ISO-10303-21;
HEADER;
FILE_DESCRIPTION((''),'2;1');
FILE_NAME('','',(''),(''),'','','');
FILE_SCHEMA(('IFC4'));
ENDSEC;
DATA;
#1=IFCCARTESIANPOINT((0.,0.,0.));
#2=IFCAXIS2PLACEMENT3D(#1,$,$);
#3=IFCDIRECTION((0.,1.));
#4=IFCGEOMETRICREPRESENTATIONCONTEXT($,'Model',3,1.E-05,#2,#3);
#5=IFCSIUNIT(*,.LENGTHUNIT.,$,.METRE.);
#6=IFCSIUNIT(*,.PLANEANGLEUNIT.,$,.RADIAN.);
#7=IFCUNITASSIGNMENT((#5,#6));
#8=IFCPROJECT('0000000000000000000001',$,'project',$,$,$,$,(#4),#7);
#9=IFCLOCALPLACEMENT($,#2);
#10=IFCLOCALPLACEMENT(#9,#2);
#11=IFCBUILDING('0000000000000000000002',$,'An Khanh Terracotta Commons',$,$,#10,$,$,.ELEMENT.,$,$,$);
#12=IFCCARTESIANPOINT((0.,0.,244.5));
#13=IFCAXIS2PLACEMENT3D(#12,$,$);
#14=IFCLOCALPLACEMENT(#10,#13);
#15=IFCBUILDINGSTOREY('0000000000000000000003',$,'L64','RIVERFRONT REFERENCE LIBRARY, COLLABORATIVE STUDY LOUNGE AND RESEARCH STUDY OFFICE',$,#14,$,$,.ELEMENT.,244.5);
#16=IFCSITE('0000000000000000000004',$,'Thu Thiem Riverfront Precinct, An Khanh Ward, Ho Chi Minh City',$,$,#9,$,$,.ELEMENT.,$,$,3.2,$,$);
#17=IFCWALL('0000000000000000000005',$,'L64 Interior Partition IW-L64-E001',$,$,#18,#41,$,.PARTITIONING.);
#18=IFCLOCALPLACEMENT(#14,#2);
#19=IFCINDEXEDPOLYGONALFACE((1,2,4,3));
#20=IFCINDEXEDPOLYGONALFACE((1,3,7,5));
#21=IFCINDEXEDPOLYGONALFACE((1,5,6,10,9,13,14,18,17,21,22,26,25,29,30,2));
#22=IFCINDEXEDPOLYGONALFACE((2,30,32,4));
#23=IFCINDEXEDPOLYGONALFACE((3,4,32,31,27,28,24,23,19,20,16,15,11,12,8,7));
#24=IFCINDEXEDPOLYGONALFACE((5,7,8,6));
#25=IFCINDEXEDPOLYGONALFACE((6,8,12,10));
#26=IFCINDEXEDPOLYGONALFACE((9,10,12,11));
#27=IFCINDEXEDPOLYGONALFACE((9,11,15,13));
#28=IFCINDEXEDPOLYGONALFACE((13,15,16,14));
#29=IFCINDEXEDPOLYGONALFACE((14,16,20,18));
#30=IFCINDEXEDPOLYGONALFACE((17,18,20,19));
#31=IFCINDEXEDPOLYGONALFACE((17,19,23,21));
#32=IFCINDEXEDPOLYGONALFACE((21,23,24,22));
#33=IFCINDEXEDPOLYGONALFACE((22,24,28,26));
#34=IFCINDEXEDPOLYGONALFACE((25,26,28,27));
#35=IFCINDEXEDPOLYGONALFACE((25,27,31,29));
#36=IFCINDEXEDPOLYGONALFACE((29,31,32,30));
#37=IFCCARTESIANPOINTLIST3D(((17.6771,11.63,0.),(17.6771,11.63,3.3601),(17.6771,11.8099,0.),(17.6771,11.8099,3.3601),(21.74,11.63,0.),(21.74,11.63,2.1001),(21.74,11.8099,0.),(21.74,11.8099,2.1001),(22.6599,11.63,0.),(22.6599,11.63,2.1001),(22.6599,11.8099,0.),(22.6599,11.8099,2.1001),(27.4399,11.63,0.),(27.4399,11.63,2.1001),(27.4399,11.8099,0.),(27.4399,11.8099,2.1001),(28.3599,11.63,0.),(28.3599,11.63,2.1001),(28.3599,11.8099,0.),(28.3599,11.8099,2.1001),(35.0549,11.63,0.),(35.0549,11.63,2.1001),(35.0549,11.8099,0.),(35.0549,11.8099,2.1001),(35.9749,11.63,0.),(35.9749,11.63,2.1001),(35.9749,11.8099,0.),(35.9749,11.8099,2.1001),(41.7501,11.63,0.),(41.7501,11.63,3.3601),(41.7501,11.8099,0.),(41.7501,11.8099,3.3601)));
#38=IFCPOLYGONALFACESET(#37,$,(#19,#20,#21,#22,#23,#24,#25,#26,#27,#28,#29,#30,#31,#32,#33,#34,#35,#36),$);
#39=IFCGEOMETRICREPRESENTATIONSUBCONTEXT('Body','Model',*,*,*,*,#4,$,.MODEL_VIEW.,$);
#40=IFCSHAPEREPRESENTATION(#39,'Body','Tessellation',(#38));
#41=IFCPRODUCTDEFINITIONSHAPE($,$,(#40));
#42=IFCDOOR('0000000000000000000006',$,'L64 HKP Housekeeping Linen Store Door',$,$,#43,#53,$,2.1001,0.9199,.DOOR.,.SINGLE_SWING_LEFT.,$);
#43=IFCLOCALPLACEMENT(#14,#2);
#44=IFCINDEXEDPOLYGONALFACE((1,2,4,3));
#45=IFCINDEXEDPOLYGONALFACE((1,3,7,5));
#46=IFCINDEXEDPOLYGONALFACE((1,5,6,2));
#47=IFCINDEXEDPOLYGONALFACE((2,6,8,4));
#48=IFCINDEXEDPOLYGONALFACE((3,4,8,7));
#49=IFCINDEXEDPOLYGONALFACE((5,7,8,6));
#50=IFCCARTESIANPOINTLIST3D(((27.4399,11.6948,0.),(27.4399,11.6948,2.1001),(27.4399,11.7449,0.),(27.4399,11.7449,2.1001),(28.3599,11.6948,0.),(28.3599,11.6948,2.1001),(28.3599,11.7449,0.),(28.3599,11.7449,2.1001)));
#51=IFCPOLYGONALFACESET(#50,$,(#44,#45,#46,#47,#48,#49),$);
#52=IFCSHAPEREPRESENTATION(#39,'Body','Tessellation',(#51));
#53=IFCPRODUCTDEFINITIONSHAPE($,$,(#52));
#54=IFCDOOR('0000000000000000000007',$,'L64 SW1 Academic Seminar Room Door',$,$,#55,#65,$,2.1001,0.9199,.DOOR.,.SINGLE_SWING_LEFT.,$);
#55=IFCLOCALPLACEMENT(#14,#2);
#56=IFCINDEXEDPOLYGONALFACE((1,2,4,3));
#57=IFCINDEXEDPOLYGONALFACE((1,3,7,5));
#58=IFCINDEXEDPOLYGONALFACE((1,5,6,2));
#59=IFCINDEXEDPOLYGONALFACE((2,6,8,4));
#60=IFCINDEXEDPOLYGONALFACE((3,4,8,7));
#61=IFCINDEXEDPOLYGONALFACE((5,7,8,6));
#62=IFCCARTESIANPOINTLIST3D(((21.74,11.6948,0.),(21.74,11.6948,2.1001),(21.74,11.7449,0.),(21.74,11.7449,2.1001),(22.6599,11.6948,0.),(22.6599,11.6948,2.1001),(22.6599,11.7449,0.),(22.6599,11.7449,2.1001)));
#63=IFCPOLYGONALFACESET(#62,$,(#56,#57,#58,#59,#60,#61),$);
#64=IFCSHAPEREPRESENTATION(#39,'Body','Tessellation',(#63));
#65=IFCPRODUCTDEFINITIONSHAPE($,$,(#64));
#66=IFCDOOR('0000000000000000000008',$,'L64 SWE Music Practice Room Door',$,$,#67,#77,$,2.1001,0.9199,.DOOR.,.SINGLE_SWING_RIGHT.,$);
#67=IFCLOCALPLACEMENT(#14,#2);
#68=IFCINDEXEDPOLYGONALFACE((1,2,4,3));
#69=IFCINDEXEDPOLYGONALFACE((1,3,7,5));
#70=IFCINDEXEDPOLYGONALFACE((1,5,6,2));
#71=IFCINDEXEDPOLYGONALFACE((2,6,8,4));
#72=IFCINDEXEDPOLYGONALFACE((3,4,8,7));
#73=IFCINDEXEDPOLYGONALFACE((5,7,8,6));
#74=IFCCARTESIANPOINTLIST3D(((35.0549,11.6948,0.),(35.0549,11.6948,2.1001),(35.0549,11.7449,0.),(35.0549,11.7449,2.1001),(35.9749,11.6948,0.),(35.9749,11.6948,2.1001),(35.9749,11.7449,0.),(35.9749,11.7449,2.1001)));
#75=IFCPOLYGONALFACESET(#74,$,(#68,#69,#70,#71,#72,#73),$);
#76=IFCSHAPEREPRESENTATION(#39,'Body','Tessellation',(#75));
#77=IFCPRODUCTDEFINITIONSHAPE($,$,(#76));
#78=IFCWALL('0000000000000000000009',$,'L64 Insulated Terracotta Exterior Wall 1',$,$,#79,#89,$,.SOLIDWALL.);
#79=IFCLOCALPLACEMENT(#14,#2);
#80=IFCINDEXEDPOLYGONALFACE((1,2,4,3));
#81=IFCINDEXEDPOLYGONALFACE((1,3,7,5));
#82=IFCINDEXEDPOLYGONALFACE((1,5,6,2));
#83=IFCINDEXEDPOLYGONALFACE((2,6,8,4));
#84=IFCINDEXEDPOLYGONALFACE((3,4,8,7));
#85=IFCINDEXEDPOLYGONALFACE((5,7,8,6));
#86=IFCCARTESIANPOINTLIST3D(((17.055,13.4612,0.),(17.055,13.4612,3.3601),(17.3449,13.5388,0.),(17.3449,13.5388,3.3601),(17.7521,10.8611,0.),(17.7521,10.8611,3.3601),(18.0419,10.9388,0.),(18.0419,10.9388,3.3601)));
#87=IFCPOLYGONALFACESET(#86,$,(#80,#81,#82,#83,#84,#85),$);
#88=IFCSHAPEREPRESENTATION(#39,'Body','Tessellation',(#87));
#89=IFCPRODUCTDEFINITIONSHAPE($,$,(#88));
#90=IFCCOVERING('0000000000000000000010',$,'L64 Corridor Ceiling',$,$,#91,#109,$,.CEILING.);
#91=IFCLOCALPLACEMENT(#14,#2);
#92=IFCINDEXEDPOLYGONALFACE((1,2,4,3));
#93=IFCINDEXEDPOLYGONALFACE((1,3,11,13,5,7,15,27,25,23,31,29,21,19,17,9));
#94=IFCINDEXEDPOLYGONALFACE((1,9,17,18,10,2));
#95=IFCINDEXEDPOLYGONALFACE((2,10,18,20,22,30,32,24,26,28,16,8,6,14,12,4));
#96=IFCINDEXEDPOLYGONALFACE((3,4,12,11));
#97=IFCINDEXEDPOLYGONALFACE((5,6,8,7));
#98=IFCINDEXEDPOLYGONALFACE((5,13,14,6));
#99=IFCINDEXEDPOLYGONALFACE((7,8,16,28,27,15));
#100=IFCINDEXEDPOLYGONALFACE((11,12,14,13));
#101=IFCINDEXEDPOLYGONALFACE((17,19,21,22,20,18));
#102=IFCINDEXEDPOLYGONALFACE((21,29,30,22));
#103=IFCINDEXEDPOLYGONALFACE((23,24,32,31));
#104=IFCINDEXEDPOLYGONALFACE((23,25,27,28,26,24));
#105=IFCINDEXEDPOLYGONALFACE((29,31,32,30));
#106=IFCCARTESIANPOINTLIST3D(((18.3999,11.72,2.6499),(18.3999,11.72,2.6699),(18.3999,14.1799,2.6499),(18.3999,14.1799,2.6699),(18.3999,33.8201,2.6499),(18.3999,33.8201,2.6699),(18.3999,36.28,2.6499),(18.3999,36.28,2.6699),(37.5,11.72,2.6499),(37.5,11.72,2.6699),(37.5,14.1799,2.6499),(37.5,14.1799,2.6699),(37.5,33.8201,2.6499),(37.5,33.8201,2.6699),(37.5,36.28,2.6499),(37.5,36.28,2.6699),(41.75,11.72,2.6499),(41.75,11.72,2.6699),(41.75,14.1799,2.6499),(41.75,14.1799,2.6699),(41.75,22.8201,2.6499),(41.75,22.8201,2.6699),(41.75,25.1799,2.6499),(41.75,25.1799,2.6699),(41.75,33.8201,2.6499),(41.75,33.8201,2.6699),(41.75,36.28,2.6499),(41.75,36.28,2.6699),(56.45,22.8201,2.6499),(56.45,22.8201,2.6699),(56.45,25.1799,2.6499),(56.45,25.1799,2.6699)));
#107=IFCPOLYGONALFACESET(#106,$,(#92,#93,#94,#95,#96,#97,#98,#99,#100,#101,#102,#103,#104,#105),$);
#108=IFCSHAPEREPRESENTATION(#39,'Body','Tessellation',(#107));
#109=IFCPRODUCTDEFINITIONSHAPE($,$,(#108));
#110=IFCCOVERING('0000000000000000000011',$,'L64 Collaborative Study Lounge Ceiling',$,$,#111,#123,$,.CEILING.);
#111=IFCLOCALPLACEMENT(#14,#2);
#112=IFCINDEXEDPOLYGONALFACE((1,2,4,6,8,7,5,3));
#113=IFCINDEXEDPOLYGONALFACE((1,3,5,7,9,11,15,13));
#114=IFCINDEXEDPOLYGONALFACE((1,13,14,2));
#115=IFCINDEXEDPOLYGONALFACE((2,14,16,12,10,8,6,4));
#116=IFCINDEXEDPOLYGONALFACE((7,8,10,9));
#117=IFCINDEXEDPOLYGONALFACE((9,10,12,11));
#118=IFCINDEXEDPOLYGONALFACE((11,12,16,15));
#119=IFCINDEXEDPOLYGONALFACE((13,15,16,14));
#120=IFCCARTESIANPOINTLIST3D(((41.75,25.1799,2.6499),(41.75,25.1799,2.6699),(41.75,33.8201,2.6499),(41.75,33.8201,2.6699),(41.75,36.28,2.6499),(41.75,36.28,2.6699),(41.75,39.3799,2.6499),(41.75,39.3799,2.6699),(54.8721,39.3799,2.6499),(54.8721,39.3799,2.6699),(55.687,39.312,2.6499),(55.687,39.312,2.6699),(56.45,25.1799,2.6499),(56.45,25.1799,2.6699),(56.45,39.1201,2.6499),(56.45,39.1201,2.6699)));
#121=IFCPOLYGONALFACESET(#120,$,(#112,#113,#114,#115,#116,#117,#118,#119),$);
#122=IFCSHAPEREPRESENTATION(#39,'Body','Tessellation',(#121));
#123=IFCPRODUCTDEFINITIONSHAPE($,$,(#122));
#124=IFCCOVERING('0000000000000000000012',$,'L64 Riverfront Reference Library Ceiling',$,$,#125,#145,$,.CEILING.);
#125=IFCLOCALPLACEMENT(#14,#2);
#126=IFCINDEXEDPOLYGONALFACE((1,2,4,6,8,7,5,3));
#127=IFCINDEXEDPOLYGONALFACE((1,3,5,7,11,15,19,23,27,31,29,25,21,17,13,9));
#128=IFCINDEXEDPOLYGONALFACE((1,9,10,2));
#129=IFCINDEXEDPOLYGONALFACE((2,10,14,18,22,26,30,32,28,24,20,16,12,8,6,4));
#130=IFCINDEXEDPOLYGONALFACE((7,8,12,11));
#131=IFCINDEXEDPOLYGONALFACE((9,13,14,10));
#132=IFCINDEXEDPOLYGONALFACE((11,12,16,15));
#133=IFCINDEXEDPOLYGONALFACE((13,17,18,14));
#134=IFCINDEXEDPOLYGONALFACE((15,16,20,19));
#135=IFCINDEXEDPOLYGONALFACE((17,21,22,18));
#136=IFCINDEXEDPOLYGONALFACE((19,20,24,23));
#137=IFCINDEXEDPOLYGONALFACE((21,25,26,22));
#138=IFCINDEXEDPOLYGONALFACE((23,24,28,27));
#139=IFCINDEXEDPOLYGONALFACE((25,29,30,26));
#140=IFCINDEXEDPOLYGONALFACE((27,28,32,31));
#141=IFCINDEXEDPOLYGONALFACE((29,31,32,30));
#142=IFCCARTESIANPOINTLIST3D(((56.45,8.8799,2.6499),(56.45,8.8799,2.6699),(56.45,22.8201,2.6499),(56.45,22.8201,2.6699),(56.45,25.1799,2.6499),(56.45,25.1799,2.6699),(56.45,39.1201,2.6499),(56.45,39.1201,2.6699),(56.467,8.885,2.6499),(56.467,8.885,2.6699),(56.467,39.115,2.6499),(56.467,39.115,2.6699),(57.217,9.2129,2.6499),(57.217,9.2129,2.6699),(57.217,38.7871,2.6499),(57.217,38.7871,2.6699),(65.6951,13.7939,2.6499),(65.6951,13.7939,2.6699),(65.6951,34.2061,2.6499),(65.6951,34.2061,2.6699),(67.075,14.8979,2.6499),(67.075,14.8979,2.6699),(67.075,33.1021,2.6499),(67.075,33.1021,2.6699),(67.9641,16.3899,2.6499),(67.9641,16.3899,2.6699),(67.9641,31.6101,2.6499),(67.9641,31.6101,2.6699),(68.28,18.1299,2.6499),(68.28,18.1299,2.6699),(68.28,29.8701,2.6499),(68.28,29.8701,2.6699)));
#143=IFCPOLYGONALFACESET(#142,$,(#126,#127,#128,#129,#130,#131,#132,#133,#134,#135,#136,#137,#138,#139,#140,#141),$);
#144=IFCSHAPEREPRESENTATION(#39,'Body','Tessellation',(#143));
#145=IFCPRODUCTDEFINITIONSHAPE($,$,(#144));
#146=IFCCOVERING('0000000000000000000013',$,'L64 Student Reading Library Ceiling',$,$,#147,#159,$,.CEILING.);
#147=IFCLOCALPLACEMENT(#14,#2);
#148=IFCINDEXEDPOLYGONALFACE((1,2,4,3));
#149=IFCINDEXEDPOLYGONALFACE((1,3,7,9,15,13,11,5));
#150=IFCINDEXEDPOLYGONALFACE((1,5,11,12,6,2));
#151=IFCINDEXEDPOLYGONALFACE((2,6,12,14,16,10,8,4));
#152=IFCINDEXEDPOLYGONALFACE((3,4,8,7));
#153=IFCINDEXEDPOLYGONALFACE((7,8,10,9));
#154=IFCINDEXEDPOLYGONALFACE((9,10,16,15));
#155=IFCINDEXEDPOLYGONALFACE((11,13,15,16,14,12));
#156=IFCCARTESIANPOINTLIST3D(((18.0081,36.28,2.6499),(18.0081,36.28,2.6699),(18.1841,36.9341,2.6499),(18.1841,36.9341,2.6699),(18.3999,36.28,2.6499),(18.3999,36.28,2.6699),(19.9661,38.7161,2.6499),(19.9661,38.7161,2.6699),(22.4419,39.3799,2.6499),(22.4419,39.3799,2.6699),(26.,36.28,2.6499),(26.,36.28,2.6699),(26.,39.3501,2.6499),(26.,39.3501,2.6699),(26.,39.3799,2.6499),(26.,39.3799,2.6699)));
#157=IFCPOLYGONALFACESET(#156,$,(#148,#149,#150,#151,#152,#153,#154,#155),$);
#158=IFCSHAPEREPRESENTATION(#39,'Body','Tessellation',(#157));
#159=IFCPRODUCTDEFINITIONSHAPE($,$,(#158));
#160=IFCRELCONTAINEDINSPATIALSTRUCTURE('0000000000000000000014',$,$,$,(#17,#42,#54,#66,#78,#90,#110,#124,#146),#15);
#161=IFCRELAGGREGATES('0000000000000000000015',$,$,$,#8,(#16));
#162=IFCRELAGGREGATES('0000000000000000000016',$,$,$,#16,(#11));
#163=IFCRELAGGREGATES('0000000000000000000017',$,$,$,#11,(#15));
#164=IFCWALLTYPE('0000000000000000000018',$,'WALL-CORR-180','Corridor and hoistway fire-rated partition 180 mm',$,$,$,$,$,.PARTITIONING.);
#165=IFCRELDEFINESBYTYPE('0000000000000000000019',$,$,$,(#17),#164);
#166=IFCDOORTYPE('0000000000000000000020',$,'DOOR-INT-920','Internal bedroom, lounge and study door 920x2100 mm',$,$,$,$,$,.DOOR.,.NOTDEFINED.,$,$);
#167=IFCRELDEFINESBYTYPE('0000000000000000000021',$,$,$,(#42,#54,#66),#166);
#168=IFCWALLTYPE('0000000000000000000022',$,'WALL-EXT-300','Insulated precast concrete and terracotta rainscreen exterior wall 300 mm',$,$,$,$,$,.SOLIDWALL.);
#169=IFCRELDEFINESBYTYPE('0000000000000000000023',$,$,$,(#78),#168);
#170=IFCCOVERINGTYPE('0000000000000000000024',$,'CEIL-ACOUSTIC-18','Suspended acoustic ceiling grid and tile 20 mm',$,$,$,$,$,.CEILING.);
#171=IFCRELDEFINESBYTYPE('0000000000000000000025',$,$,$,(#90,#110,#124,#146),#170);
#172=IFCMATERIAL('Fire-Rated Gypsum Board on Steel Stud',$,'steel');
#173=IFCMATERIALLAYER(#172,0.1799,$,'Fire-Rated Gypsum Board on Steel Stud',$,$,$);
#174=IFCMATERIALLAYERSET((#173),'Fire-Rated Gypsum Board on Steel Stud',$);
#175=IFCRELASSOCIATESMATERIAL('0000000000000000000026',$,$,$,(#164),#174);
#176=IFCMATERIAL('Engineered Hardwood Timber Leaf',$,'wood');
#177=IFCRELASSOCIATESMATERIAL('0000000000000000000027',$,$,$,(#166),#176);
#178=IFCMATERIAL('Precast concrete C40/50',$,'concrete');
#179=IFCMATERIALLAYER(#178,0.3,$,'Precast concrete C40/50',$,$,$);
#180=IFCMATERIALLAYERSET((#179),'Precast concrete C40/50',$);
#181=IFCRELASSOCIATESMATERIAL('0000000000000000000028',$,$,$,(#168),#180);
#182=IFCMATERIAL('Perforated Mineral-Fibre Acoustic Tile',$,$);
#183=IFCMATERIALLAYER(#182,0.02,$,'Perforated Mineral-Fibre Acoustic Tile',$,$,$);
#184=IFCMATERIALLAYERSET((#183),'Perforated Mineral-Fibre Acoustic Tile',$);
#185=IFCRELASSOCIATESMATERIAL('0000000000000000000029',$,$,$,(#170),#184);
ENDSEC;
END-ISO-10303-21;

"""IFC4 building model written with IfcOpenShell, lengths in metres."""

from ifc_helpers import new_model, si_unit, direction, frame, frame_2d, origin, place, context, subcontext, project, spatial, polyline, rectangle, outline, extrude, material, layer, layer_set, type_object, element, fill, save


model = new_model("IFC4")

# Units and contexts
model_context = context("Model", 3, precision=1e-05, world=origin(), true_north=direction((0.0, 1.0)))
body_context = subcontext(model_context, "Body", "Model", "MODEL_VIEW")
ifc_project = project(units=[si_unit("LENGTHUNIT", "METRE"), si_unit("PLANEANGLEUNIT", "RADIAN")], contexts=[model_context])

# Site, building, storey
site_placement = place(None, origin())
site = spatial("IfcSite", under=ifc_project, at=site_placement, Name="Thu Thiem Riverfront Precinct, An Khanh Ward, Ho Chi Minh City", CompositionType="ELEMENT", RefElevation=3.2)
building_placement = place(site_placement, origin())
building = spatial("IfcBuilding", under=site, at=building_placement, Name="An Khanh Terracotta Commons", CompositionType="ELEMENT")
storey_placement = place(building_placement, frame((0.0, 0.0, 244.5)))
storey = spatial("IfcBuildingStorey", under=building, at=storey_placement, Name="L64", Description="RIVERFRONT REFERENCE LIBRARY, COLLABORATIVE STUDY LOUNGE AND RESEARCH STUDY OFFICE", CompositionType="ELEMENT", Elevation=244.5)

# Shared definitions
ifc_material_1 = material(Name="Precast concrete C40/50", Category="concrete")

# Wall, openings, doors
ifc_material_2 = material(Name="Fire-Rated Gypsum Board on Steel Stud", Category="steel")
ifc_layer_1 = layer(ifc_material_2, 0.1799, Name="Fire-Rated Gypsum Board on Steel Stud")
ifc_layer_set_1 = layer_set([ifc_layer_1], Name="Fire-Rated Gypsum Board on Steel Stud")
wall_type_1 = type_object("IfcWallType", Name="WALL-CORR-180", Description="Corridor and hoistway fire-rated partition 180 mm", PredefinedType="PARTITIONING", material=ifc_layer_set_1)
wall_1_placement = place(storey_placement, frame((17.677, 11.72, 0.0), z_axis=(0.0, 0.0, 1.0), x_axis=(1.0, 0.0, 0.0)))
wall_1 = element("IfcWall", 1, at=wall_1_placement, inside=storey, type_object=wall_type_1, Name="L64 Interior Partition IW-L64-E001", PredefinedType="PARTITIONING", context=body_context, shape_type="SweptSolid", body=[
    extrude(rectangle(XDim=24.073, YDim=0.1799, at=frame_2d((12.0366, 0.0))), origin(), (0.0, 0.0, 1.0), 3.3601),
])
opening_1_placement = place(wall_1_placement, frame((9.7629, 0.0, 0.0)))
opening_1 = element("IfcOpeningElement", 2, at=opening_1_placement, cuts=wall_1, PredefinedType="OPENING", context=body_context, shape_type="SweptSolid", body=[
    extrude(rectangle(XDim=0.9199, YDim=2.1001, at=frame_2d((0.46, 1.05))), frame((0.0, 0.0999, 0.0), z_axis=(0.0, -1.0, 0.0), x_axis=(1.0, 0.0, 0.0)), (0.0, 0.0, 1.0), 0.2),
])
opening_2_placement = place(wall_1_placement, frame((4.063, 0.0, 0.0)))
opening_2 = element("IfcOpeningElement", 3, at=opening_2_placement, cuts=wall_1, PredefinedType="OPENING", context=body_context, shape_type="SweptSolid", body=[
    extrude(rectangle(XDim=0.9199, YDim=2.1001, at=frame_2d((0.46, 1.05))), frame((0.0, 0.0999, 0.0), z_axis=(0.0, -1.0, 0.0), x_axis=(1.0, 0.0, 0.0)), (0.0, 0.0, 1.0), 0.2),
])
opening_3_placement = place(wall_1_placement, frame((17.3779, 0.0, 0.0)))
opening_3 = element("IfcOpeningElement", 4, at=opening_3_placement, cuts=wall_1, PredefinedType="OPENING", context=body_context, shape_type="SweptSolid", body=[
    extrude(rectangle(XDim=0.9199, YDim=2.1001, at=frame_2d((0.46, 1.05))), frame((0.0, 0.0999, 0.0), z_axis=(0.0, -1.0, 0.0), x_axis=(1.0, 0.0, 0.0)), (0.0, 0.0, 1.0), 0.2),
])
ifc_material_3 = material(Name="Engineered Hardwood Timber Leaf", Category="wood")
door_type = type_object("IfcDoorType", Name="DOOR-INT-920", Description="Internal bedroom, lounge and study door 920x2100 mm", OperationType="NOTDEFINED", PredefinedType="DOOR", material=ifc_material_3)
door_1_placement = place(opening_1_placement, origin())
door_1 = element("IfcDoor", 5, at=door_1_placement, inside=storey, type_object=door_type, Name="L64 HKP Housekeeping Linen Store Door", OperationType="SINGLE_SWING_LEFT", OverallHeight=2.1001, OverallWidth=0.9199, PredefinedType="DOOR", context=body_context, shape_type="SweptSolid", body=[
    extrude(rectangle(XDim=0.9199, YDim=2.1001, at=frame_2d((0.46, 1.05))), frame((0.0, 0.0249, 0.0), z_axis=(0.0, -1.0, 0.0), x_axis=(1.0, 0.0, 0.0)), (0.0, 0.0, 1.0), 0.05),
])
fill(opening_1, door_1)
door_2_placement = place(opening_2_placement, origin())
door_2 = element("IfcDoor", 6, at=door_2_placement, inside=storey, type_object=door_type, Name="L64 SW1 Academic Seminar Room Door", OperationType="SINGLE_SWING_LEFT", OverallHeight=2.1001, OverallWidth=0.9199, PredefinedType="DOOR", context=body_context, shape_type="SweptSolid", body=[
    extrude(rectangle(XDim=0.9199, YDim=2.1001, at=frame_2d((0.46, 1.05))), frame((0.0, 0.0249, 0.0), z_axis=(0.0, -1.0, 0.0), x_axis=(1.0, 0.0, 0.0)), (0.0, 0.0, 1.0), 0.05),
])
fill(opening_2, door_2)
door_3_placement = place(opening_3_placement, origin())
door_3 = element("IfcDoor", 7, at=door_3_placement, inside=storey, type_object=door_type, Name="L64 SWE Music Practice Room Door", OperationType="SINGLE_SWING_RIGHT", OverallHeight=2.1001, OverallWidth=0.9199, PredefinedType="DOOR", context=body_context, shape_type="SweptSolid", body=[
    extrude(rectangle(XDim=0.9199, YDim=2.1001, at=frame_2d((0.46, 1.05))), frame((0.0, 0.0249, 0.0), z_axis=(0.0, -1.0, 0.0), x_axis=(1.0, 0.0, 0.0)), (0.0, 0.0, 1.0), 0.05),
])
fill(opening_3, door_3)

# Wall
ifc_layer_2 = layer(ifc_material_1, 0.3, Name="Precast concrete C40/50")
ifc_layer_set_2 = layer_set([ifc_layer_2], Name="Precast concrete C40/50")
wall_type_2 = type_object("IfcWallType", Name="WALL-EXT-300", Description="Insulated precast concrete and terracotta rainscreen exterior wall 300 mm", PredefinedType="SOLIDWALL", material=ifc_layer_set_2)
wall_2_placement = place(storey_placement, frame((17.2, 13.5, 0.0), z_axis=(0.0, 0.0, 1.0), x_axis=(0.258933, -0.965895, 0.0)))
element("IfcWall", 8, at=wall_2_placement, inside=storey, type_object=wall_type_2, Name="L64 Insulated Terracotta Exterior Wall 1", PredefinedType="SOLIDWALL", context=body_context, shape_type="SweptSolid", body=[
    extrude(rectangle(XDim=2.6919, YDim=0.3, at=frame_2d((1.3459, 0.0))), origin(), (0.0, 0.0, 1.0), 3.3601),
])

# Coverings
ifc_material_4 = material(Name="Perforated Mineral-Fibre Acoustic Tile")
ifc_layer_3 = layer(ifc_material_4, 0.02, Name="Perforated Mineral-Fibre Acoustic Tile")
ifc_layer_set_3 = layer_set([ifc_layer_3], Name="Perforated Mineral-Fibre Acoustic Tile")
covering_type_1 = type_object("IfcCoveringType", Name="CEIL-ACOUSTIC-18", Description="Suspended acoustic ceiling grid and tile 20 mm", PredefinedType="CEILING", material=ifc_layer_set_3)
covering_1_placement = place(storey_placement, frame((0.0, 0.0, 2.6499)))
element("IfcCovering", 9, at=covering_1_placement, inside=storey, type_object=covering_type_1, Name="L64 Corridor Ceiling", PredefinedType="CEILING", context=body_context, shape_type="SweptSolid", body=[
    extrude(outline(polyline([(18.3999, 11.72), (18.3999, 14.1799), (37.5, 14.1799), (37.5, 33.8201), (18.3999, 33.8201), (18.3999, 36.28), (37.5, 36.28), (41.75, 36.28), (41.75, 33.8201), (41.75, 25.1799), (56.45, 25.1799), (56.45, 22.8201), (41.75, 22.8201), (41.75, 14.1799), (41.75, 11.72), (37.5, 11.72), (18.3999, 11.72)])), origin(), (0.0, 0.0, 1.0), 0.02),
])
covering_2_placement = place(storey_placement, frame((0.0, 0.0, 2.6499)))
element("IfcCovering", 10, at=covering_2_placement, inside=storey, type_object=covering_type_1, Name="L64 Collaborative Study Lounge Ceiling", PredefinedType="CEILING", context=body_context, shape_type="SweptSolid", body=[
    extrude(outline(polyline([(54.8721, 39.3799), (55.687, 39.312), (56.45, 39.1201), (56.45, 25.1799), (41.75, 25.1799), (41.75, 33.8201), (41.75, 36.28), (41.75, 39.3799), (54.8721, 39.3799)])), origin(), (0.0, 0.0, 1.0), 0.02),
])
covering_3_placement = place(storey_placement, frame((0.0, 0.0, 2.6499)))
element("IfcCovering", 11, at=covering_3_placement, inside=storey, type_object=covering_type_1, Name="L64 Riverfront Reference Library Ceiling", PredefinedType="CEILING", context=body_context, shape_type="SweptSolid", body=[
    extrude(outline(polyline([(56.467, 39.115), (57.217, 38.7871), (65.6951, 34.2061), (67.075, 33.1021), (67.9641, 31.6101), (68.28, 29.8701), (68.28, 18.1299), (67.9641, 16.3899), (67.075, 14.8979), (65.6951, 13.7939), (57.217, 9.2129), (56.467, 8.885), (56.45, 8.8799), (56.45, 22.8201), (56.45, 25.1799), (56.45, 39.1201), (56.467, 39.115)])), origin(), (0.0, 0.0, 1.0), 0.02),
])
covering_4_placement = place(storey_placement, frame((0.0, 0.0, 2.6499)))
element("IfcCovering", 12, at=covering_4_placement, inside=storey, type_object=covering_type_1, Name="L64 Student Reading Library Ceiling", PredefinedType="CEILING", context=body_context, shape_type="SweptSolid", body=[
    extrude(outline(polyline([(22.4419, 39.3799), (26.0, 39.3799), (26.0, 39.3501), (26.0, 36.28), (18.3999, 36.28), (18.0081, 36.28), (18.1841, 36.9341), (19.9661, 38.7161), (22.4419, 39.3799)])), origin(), (0.0, 0.0, 1.0), 0.02),
])

save(model, "model.ifc")
